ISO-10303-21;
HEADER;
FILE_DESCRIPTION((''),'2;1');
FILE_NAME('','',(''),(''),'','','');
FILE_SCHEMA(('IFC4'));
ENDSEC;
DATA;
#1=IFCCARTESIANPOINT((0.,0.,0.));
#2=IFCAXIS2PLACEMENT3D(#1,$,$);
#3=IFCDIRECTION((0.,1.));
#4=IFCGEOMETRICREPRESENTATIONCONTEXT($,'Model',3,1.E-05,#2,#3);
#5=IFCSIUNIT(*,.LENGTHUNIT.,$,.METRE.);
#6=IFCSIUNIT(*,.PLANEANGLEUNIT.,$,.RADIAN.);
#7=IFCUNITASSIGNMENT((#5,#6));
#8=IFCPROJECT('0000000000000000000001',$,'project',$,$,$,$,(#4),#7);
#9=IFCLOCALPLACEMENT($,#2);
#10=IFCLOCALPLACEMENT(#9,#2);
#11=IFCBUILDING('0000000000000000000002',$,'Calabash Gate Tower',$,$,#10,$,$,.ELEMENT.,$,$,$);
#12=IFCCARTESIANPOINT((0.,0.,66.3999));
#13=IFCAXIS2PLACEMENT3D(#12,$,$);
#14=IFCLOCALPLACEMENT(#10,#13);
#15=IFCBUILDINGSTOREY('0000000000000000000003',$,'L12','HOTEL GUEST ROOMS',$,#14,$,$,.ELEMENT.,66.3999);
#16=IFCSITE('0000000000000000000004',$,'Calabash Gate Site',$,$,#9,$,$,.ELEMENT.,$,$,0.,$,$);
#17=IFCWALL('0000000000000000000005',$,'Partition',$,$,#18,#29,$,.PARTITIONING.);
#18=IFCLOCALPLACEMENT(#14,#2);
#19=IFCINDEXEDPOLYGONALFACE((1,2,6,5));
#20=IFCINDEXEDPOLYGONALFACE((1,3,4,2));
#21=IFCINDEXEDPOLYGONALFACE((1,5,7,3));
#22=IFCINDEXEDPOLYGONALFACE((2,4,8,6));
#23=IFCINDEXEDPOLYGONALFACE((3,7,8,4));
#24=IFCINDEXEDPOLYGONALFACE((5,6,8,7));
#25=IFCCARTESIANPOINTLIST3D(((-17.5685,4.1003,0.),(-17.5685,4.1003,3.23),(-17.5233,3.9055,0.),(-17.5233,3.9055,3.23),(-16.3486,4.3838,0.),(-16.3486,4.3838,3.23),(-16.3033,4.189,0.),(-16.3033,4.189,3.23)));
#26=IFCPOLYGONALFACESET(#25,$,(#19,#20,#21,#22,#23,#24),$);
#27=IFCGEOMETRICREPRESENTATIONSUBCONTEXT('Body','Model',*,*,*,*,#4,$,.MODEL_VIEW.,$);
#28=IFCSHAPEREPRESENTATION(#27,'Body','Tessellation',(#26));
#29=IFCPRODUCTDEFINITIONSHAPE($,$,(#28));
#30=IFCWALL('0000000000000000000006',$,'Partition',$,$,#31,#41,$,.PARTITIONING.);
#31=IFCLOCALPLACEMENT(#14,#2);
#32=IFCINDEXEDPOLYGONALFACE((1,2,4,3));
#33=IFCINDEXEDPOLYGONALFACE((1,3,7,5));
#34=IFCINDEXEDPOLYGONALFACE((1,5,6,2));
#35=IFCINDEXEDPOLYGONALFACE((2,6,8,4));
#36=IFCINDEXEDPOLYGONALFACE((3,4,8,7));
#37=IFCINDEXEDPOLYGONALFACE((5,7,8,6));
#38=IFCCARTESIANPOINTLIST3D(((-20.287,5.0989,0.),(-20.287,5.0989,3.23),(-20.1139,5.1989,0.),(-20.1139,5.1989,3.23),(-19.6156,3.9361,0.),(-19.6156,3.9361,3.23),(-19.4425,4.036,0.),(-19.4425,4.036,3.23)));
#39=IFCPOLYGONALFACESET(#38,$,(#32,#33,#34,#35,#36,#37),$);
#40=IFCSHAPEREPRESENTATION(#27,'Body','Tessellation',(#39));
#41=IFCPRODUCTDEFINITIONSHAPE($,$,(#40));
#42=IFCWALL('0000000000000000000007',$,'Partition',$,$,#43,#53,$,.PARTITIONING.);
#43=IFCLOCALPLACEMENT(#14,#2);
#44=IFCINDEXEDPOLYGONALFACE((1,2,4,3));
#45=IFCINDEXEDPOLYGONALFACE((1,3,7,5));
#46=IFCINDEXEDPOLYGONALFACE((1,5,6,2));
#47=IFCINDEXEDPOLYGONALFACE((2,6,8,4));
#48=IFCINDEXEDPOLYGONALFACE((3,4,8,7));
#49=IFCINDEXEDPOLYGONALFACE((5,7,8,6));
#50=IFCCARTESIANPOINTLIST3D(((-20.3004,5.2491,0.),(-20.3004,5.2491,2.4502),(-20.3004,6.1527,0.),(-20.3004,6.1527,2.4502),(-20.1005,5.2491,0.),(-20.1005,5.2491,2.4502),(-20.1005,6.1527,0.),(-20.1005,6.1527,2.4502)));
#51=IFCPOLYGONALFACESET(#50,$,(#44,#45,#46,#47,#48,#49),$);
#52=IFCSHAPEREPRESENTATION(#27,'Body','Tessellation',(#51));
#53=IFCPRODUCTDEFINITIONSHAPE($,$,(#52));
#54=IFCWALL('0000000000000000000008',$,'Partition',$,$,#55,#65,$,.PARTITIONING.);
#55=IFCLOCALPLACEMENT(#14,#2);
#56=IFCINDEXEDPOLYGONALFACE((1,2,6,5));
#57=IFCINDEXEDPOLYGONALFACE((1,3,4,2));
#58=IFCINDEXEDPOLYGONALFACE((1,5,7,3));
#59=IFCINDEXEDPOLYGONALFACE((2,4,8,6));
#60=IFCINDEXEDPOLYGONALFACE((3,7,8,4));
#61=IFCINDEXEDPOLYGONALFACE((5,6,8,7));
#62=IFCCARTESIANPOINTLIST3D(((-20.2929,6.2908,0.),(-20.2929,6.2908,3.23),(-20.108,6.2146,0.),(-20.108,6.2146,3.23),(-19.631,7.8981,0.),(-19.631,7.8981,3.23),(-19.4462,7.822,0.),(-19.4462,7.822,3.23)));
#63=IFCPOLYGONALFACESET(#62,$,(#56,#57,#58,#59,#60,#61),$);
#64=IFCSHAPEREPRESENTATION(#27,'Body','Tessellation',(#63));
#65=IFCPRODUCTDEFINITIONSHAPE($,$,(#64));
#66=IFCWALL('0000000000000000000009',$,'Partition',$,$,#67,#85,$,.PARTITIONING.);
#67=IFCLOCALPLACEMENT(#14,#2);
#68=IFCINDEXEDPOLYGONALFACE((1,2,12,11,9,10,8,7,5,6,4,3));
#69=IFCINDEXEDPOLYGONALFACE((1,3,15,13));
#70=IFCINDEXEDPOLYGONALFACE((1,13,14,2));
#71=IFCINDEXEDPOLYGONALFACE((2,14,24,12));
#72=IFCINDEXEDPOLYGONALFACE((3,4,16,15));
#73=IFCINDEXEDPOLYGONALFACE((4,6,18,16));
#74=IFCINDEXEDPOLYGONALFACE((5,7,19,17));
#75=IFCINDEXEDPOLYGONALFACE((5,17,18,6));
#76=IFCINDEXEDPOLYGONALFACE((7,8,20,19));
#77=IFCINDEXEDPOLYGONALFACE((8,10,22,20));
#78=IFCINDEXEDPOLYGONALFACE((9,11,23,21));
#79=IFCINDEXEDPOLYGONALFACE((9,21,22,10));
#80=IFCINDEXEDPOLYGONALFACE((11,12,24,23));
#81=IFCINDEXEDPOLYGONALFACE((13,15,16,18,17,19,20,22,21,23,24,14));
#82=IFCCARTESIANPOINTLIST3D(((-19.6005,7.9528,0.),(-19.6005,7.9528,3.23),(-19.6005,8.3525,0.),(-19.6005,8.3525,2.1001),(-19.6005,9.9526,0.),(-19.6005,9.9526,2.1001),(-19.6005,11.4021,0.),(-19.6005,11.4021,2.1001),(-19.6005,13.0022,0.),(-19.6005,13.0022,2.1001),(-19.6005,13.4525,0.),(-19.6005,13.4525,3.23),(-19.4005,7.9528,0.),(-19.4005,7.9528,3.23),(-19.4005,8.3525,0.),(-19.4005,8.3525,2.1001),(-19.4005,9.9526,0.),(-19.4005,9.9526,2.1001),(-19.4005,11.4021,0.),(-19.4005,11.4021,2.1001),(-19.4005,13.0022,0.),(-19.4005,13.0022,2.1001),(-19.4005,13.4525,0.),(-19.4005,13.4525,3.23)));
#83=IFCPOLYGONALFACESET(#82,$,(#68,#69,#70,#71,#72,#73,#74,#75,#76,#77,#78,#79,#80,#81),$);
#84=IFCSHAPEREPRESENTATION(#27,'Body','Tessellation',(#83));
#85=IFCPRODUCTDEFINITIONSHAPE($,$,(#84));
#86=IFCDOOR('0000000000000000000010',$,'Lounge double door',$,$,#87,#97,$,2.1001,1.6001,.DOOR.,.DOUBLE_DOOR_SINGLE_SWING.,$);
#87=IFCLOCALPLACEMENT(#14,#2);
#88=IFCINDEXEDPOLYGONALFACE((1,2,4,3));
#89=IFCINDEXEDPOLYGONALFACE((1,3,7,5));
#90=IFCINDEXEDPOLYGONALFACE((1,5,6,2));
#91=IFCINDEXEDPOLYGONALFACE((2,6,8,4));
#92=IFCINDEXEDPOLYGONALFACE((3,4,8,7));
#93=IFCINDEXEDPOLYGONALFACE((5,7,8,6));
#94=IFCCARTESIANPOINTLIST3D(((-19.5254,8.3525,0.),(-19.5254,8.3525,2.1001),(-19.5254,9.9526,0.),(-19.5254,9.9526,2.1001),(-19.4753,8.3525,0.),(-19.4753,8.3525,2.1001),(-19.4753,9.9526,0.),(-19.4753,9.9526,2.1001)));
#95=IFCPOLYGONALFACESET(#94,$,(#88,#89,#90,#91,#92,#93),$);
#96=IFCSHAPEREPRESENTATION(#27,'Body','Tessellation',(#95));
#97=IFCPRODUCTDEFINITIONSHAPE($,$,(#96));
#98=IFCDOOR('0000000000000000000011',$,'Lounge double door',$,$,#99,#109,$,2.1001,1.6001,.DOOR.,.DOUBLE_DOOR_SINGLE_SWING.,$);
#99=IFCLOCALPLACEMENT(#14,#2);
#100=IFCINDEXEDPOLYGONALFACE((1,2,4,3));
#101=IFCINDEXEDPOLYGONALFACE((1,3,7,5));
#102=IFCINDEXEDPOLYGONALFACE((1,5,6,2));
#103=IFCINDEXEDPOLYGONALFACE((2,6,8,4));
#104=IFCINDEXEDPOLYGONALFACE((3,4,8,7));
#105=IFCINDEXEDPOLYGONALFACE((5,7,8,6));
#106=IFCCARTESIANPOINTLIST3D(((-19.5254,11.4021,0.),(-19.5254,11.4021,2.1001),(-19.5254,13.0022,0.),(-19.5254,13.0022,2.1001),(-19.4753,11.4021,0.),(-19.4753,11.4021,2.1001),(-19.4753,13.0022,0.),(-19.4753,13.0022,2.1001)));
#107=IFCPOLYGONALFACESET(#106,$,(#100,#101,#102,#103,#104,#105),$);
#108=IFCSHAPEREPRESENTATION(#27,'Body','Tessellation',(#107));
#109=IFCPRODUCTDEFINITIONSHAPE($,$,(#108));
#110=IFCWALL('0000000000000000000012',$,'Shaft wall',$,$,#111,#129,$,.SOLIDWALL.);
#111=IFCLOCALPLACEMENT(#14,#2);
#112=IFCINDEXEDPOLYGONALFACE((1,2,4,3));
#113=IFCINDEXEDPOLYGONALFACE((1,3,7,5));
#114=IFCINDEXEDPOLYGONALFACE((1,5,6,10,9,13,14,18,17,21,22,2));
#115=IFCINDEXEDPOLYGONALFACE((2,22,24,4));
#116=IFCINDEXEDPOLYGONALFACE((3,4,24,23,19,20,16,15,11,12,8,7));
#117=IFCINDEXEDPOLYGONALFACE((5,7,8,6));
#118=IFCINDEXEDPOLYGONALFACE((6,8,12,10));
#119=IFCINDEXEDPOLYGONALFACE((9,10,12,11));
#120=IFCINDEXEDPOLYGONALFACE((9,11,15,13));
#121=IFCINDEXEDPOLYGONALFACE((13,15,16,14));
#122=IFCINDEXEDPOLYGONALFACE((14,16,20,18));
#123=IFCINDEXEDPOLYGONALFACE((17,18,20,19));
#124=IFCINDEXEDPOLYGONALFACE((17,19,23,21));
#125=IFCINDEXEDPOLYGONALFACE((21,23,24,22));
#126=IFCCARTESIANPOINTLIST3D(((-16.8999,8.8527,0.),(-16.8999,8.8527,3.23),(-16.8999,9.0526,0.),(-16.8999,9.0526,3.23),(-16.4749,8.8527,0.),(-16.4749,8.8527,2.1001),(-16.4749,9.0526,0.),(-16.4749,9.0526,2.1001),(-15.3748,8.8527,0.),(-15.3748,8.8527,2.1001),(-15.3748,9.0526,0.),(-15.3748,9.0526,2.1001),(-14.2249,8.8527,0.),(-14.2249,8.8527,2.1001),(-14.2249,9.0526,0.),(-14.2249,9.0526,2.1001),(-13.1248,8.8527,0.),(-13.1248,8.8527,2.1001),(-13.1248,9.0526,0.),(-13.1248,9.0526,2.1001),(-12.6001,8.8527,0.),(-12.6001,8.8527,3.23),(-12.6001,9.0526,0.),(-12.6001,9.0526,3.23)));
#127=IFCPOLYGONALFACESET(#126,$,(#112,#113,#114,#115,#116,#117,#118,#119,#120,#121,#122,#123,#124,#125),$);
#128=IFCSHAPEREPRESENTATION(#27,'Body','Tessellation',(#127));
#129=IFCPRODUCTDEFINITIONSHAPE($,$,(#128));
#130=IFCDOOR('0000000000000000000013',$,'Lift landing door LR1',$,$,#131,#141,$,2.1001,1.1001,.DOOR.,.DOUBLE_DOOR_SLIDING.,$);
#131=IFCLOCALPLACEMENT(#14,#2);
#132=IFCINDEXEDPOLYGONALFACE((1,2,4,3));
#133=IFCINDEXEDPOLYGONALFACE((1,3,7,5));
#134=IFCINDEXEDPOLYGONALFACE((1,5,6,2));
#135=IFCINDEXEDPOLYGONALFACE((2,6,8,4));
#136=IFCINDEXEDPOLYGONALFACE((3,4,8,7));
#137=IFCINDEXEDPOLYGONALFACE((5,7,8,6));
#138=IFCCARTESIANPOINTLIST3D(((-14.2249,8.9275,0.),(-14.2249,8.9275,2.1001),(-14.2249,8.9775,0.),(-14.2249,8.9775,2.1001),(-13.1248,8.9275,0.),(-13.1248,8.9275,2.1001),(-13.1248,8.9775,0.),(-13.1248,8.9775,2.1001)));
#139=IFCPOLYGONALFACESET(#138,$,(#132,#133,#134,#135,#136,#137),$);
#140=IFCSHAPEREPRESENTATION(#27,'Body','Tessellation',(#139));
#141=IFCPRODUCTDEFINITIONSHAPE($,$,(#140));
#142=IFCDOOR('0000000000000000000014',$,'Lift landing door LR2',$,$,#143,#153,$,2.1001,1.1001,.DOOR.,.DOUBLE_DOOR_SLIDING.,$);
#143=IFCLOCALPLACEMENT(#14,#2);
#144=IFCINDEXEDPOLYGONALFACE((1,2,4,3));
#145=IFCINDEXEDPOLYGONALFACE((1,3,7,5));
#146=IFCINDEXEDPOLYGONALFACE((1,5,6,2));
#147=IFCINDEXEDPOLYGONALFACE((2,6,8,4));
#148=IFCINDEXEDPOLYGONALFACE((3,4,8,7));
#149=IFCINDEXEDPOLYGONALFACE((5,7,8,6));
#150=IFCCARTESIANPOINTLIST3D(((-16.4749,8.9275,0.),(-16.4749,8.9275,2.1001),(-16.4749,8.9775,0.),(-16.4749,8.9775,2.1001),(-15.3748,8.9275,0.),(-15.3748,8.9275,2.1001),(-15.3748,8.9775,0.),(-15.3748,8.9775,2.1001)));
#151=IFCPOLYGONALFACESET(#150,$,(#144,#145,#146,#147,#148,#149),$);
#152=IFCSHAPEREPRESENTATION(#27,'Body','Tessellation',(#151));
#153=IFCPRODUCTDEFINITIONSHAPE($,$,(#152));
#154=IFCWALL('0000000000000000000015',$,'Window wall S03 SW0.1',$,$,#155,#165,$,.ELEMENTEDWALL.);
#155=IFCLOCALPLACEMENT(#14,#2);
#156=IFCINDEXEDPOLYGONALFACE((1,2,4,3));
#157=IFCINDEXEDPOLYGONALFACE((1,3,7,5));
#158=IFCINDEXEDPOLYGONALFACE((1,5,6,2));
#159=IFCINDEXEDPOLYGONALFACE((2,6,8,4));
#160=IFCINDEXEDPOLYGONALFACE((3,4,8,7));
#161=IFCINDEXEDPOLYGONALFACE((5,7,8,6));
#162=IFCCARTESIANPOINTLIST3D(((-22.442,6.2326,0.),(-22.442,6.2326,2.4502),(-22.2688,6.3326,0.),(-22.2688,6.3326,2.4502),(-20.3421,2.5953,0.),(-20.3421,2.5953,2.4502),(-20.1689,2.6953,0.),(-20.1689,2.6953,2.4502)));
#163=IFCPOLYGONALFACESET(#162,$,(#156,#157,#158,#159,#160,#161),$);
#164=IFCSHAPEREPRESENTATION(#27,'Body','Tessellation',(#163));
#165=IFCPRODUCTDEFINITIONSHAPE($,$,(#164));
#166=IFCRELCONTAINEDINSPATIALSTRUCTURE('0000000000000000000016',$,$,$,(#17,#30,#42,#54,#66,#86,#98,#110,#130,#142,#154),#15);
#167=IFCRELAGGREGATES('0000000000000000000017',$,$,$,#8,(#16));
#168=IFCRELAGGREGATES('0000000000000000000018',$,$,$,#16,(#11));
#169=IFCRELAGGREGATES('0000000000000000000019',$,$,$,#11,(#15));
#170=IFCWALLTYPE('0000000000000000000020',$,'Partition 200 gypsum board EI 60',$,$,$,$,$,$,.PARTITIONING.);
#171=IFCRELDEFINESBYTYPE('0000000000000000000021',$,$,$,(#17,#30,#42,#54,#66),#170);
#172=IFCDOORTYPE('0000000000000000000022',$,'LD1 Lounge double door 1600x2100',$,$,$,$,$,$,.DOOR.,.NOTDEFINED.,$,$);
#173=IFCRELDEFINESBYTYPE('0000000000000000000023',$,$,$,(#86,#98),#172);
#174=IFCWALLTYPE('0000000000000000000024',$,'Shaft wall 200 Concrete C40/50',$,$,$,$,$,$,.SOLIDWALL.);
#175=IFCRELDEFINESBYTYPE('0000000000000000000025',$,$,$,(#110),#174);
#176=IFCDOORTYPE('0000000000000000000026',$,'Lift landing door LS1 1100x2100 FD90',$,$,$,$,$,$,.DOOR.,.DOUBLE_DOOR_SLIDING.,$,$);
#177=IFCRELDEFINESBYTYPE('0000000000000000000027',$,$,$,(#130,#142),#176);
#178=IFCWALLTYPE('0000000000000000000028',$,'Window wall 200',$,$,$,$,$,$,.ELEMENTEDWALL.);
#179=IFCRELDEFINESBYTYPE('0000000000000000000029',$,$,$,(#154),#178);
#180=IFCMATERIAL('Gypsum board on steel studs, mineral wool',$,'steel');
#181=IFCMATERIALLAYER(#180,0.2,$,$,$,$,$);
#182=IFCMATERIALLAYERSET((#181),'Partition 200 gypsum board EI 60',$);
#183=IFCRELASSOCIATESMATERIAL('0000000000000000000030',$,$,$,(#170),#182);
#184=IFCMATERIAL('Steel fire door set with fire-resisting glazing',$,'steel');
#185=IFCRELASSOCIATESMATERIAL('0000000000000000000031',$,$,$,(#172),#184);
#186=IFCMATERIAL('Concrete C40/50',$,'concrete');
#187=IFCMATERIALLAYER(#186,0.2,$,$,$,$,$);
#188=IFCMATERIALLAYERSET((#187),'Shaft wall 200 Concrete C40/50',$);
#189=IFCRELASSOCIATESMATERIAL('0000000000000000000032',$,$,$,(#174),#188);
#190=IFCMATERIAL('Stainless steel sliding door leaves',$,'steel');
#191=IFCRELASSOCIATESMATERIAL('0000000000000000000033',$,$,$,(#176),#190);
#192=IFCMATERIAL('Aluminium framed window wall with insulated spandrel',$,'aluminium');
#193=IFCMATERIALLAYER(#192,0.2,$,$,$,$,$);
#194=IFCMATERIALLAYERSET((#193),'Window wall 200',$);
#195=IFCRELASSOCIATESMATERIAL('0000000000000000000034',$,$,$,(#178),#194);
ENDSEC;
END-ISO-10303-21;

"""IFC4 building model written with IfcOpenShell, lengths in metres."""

from ifc_helpers import new_model, si_unit, direction, frame, frame_2d, origin, place, context, subcontext, project, spatial, rectangle, extrude, material, layer, layer_set, type_object, element, fill, save


model = new_model("IFC4")

# Units and contexts
model_context = context("Model", 3, precision=1e-05, world=origin(), true_north=direction((0.0, 1.0)))
body_context = subcontext(model_context, "Body", "Model", "MODEL_VIEW")
ifc_project = project(units=[si_unit("LENGTHUNIT", "METRE"), si_unit("PLANEANGLEUNIT", "RADIAN")], contexts=[model_context])

# Site, building, storey
site_placement = place(None, origin())
site = spatial("IfcSite", under=ifc_project, at=site_placement, Name="Calabash Gate Site", CompositionType="ELEMENT", RefElevation=0.0)
building_placement = place(site_placement, origin())
building = spatial("IfcBuilding", under=site, at=building_placement, Name="Calabash Gate Tower", CompositionType="ELEMENT")
storey_placement = place(building_placement, frame((0.0, 0.0, 66.3999)))
storey = spatial("IfcBuildingStorey", under=building, at=storey_placement, Name="L12", Description="HOTEL GUEST ROOMS", CompositionType="ELEMENT", Elevation=66.3999)

# Walls
ifc_material_1 = material(Name="Gypsum board on steel studs, mineral wool", Category="steel")
ifc_layer_1 = layer(ifc_material_1, 0.2)
ifc_layer_set_1 = layer_set([ifc_layer_1], Name="Partition 200 gypsum board EI 60")
wall_type_1 = type_object("IfcWallType", Name="Partition 200 gypsum board EI 60", PredefinedType="PARTITIONING", material=ifc_layer_set_1)
wall_1_placement = place(storey_placement, frame((-17.5459, 4.0029, 0.0), z_axis=(0.0, 0.0, 1.0), x_axis=(0.974055, 0.226311, 0.0)))
element("IfcWall", 1, at=wall_1_placement, inside=storey, type_object=wall_type_1, Name="Partition", PredefinedType="PARTITIONING", context=body_context, shape_type="SweptSolid", body=[
    extrude(rectangle(XDim=1.2524, YDim=0.2, at=frame_2d((0.6262, 0.0))), origin(), (0.0, 0.0, 1.0), 3.23),
])
wall_2_placement = place(storey_placement, frame((-20.2004, 5.1489, 0.0), z_axis=(0.0, 0.0, 1.0), x_axis=(0.500011, -0.866019, 0.0)))
element("IfcWall", 2, at=wall_2_placement, inside=storey, type_object=wall_type_1, Name="Partition", PredefinedType="PARTITIONING", context=body_context, shape_type="SweptSolid", body=[
    extrude(rectangle(XDim=1.3428, YDim=0.2, at=frame_2d((0.6714, 0.0))), origin(), (0.0, 0.0, 1.0), 3.23),
])
wall_3_placement = place(storey_placement, frame((-20.2004, 6.1526, 0.0), z_axis=(0.0, 0.0, 1.0), x_axis=(0.0, -1.0, 0.0)))
element("IfcWall", 3, at=wall_3_placement, inside=storey, type_object=wall_type_1, Name="Partition", PredefinedType="PARTITIONING", context=body_context, shape_type="SweptSolid", body=[
    extrude(rectangle(XDim=0.9036, YDim=0.2, at=frame_2d((0.4517, 0.0))), origin(), (0.0, 0.0, 1.0), 2.4502),
])
wall_4_placement = place(storey_placement, frame((-20.2004, 6.2527, 0.0), z_axis=(0.0, 0.0, 1.0), x_axis=(0.380743, 0.924681, 0.0)))
element("IfcWall", 4, at=wall_4_placement, inside=storey, type_object=wall_type_1, Name="Partition", PredefinedType="PARTITIONING", context=body_context, shape_type="SweptSolid", body=[
    extrude(rectangle(XDim=1.7383, YDim=0.2, at=frame_2d((0.8691, 0.0))), origin(), (0.0, 0.0, 1.0), 3.23),
])

# Walls, openings, doors
wall_5_placement = place(storey_placement, frame((-19.5005, 7.9526, 0.0), z_axis=(0.0, 0.0, 1.0), x_axis=(0.0, 1.0, 0.0)))
wall_5 = element("IfcWall", 5, at=wall_5_placement, inside=storey, type_object=wall_type_1, Name="Partition", PredefinedType="PARTITIONING", context=body_context, shape_type="SweptSolid", body=[
    extrude(rectangle(XDim=5.4998, YDim=0.2, at=frame_2d((2.75, 0.0))), origin(), (0.0, 0.0, 1.0), 3.23),
])
opening_1_placement = place(wall_5_placement, frame((0.3999, 0.0, 0.0)))
opening_1 = element("IfcOpeningElement", 6, at=opening_1_placement, cuts=wall_5, PredefinedType="OPENING", context=body_context, shape_type="SweptSolid", body=[
    extrude(rectangle(XDim=1.6001, YDim=2.1001, at=frame_2d((0.8, 1.05))), frame((0.0, 0.1099, 0.0), z_axis=(0.0, -1.0, 0.0), x_axis=(1.0, 0.0, 0.0)), (0.0, 0.0, 1.0), 0.22),
])
opening_2_placement = place(wall_5_placement, frame((3.4495, 0.0, 0.0)))
opening_2 = element("IfcOpeningElement", 7, at=opening_2_placement, cuts=wall_5, PredefinedType="OPENING", context=body_context, shape_type="SweptSolid", body=[
    extrude(rectangle(XDim=1.6001, YDim=2.1001, at=frame_2d((0.8, 1.05))), frame((0.0, 0.1099, 0.0), z_axis=(0.0, -1.0, 0.0), x_axis=(1.0, 0.0, 0.0)), (0.0, 0.0, 1.0), 0.22),
])
ifc_material_2 = material(Name="Steel fire door set with fire-resisting glazing", Category="steel")
door_type_1 = type_object("IfcDoorType", Name="LD1 Lounge double door 1600x2100", OperationType="NOTDEFINED", PredefinedType="DOOR", material=ifc_material_2)
door_1_placement = place(opening_1_placement, origin())
door_1 = element("IfcDoor", 8, at=door_1_placement, inside=storey, type_object=door_type_1, Name="Lounge double door", OperationType="DOUBLE_DOOR_SINGLE_SWING", OverallHeight=2.1001, OverallWidth=1.6001, PredefinedType="DOOR", context=body_context, shape_type="SweptSolid", body=[
    extrude(rectangle(XDim=1.6001, YDim=2.1001, at=frame_2d((0.8, 1.05))), frame((0.0, 0.0249, 0.0), z_axis=(0.0, -1.0, 0.0), x_axis=(1.0, 0.0, 0.0)), (0.0, 0.0, 1.0), 0.05),
])
fill(opening_1, door_1)
door_2_placement = place(opening_2_placement, origin())
door_2 = element("IfcDoor", 9, at=door_2_placement, inside=storey, type_object=door_type_1, Name="Lounge double door", OperationType="DOUBLE_DOOR_SINGLE_SWING", OverallHeight=2.1001, OverallWidth=1.6001, PredefinedType="DOOR", context=body_context, shape_type="SweptSolid", body=[
    extrude(rectangle(XDim=1.6001, YDim=2.1001, at=frame_2d((0.8, 1.05))), frame((0.0, 0.0249, 0.0), z_axis=(0.0, -1.0, 0.0), x_axis=(1.0, 0.0, 0.0)), (0.0, 0.0, 1.0), 0.05),
])
fill(opening_2, door_2)
ifc_material_3 = material(Name="Concrete C40/50", Category="concrete")
ifc_layer_2 = layer(ifc_material_3, 0.2)
ifc_layer_set_2 = layer_set([ifc_layer_2], Name="Shaft wall 200 Concrete C40/50")
wall_type_2 = type_object("IfcWallType", Name="Shaft wall 200 Concrete C40/50", PredefinedType="SOLIDWALL", material=ifc_layer_set_2)
wall_6_placement = place(storey_placement, frame((-16.8999, 8.9526, 0.0), z_axis=(0.0, 0.0, 1.0), x_axis=(1.0, 0.0, 0.0)))
wall_6 = element("IfcWall", 10, at=wall_6_placement, inside=storey, type_object=wall_type_2, Name="Shaft wall", PredefinedType="SOLIDWALL", context=body_context, shape_type="SweptSolid", body=[
    extrude(rectangle(XDim=4.2998, YDim=0.2, at=frame_2d((2.1499, 0.0))), origin(), (0.0, 0.0, 1.0), 3.23),
])
opening_3_placement = place(wall_6_placement, frame((2.675, 0.0, 0.0)))
opening_3 = element("IfcOpeningElement", 11, at=opening_3_placement, cuts=wall_6, PredefinedType="OPENING", context=body_context, shape_type="SweptSolid", body=[
    extrude(rectangle(XDim=1.1001, YDim=2.1001, at=frame_2d((0.55, 1.05))), frame((0.0, 0.1099, 0.0), z_axis=(0.0, -1.0, 0.0), x_axis=(1.0, 0.0, 0.0)), (0.0, 0.0, 1.0), 0.22),
])
opening_4_placement = place(wall_6_placement, frame((0.425, 0.0, 0.0)))
opening_4 = element("IfcOpeningElement", 12, at=opening_4_placement, cuts=wall_6, PredefinedType="OPENING", context=body_context, shape_type="SweptSolid", body=[
    extrude(rectangle(XDim=1.1001, YDim=2.1001, at=frame_2d((0.55, 1.05))), frame((0.0, 0.1099, 0.0), z_axis=(0.0, -1.0, 0.0), x_axis=(1.0, 0.0, 0.0)), (0.0, 0.0, 1.0), 0.22),
])
ifc_material_4 = material(Name="Stainless steel sliding door leaves", Category="steel")
door_type_2 = type_object("IfcDoorType", Name="Lift landing door LS1 1100x2100 FD90", OperationType="DOUBLE_DOOR_SLIDING", PredefinedType="DOOR", material=ifc_material_4)
door_3_placement = place(opening_3_placement, origin())
door_3 = element("IfcDoor", 13, at=door_3_placement, inside=storey, type_object=door_type_2, Name="Lift landing door LR1", OperationType="DOUBLE_DOOR_SLIDING", OverallHeight=2.1001, OverallWidth=1.1001, PredefinedType="DOOR", context=body_context, shape_type="SweptSolid", body=[
    extrude(rectangle(XDim=1.1001, YDim=2.1001, at=frame_2d((0.55, 1.05))), frame((0.0, 0.0249, 0.0), z_axis=(0.0, -1.0, 0.0), x_axis=(1.0, 0.0, 0.0)), (0.0, 0.0, 1.0), 0.05),
])
fill(opening_3, door_3)
door_4_placement = place(opening_4_placement, origin())
door_4 = element("IfcDoor", 14, at=door_4_placement, inside=storey, type_object=door_type_2, Name="Lift landing door LR2", OperationType="DOUBLE_DOOR_SLIDING", OverallHeight=2.1001, OverallWidth=1.1001, PredefinedType="DOOR", context=body_context, shape_type="SweptSolid", body=[
    extrude(rectangle(XDim=1.1001, YDim=2.1001, at=frame_2d((0.55, 1.05))), frame((0.0, 0.0249, 0.0), z_axis=(0.0, -1.0, 0.0), x_axis=(1.0, 0.0, 0.0)), (0.0, 0.0, 1.0), 0.05),
])
fill(opening_4, door_4)

# Wall
ifc_material_5 = material(Name="Aluminium framed window wall with insulated spandrel", Category="aluminium")
ifc_layer_3 = layer(ifc_material_5, 0.2)
ifc_layer_set_3 = layer_set([ifc_layer_3], Name="Window wall 200")
wall_type_3 = type_object("IfcWallType", Name="Window wall 200", PredefinedType="ELEMENTEDWALL", material=ifc_layer_set_3)
wall_7_placement = place(storey_placement, frame((-22.3555, 6.2827, 0.0), z_axis=(0.0, 0.0, 1.0), x_axis=(0.499984, -0.866035, 0.0)))
element("IfcWall", 15, at=wall_7_placement, inside=storey, type_object=wall_type_3, Name="Window wall S03 SW0.1", PredefinedType="ELEMENTEDWALL", context=body_context, shape_type="SweptSolid", body=[
    extrude(rectangle(XDim=4.2, YDim=0.2, at=frame_2d((2.1001, 0.0))), origin(), (0.0, 0.0, 1.0), 2.4502),
])

save(model, "model.ifc")
